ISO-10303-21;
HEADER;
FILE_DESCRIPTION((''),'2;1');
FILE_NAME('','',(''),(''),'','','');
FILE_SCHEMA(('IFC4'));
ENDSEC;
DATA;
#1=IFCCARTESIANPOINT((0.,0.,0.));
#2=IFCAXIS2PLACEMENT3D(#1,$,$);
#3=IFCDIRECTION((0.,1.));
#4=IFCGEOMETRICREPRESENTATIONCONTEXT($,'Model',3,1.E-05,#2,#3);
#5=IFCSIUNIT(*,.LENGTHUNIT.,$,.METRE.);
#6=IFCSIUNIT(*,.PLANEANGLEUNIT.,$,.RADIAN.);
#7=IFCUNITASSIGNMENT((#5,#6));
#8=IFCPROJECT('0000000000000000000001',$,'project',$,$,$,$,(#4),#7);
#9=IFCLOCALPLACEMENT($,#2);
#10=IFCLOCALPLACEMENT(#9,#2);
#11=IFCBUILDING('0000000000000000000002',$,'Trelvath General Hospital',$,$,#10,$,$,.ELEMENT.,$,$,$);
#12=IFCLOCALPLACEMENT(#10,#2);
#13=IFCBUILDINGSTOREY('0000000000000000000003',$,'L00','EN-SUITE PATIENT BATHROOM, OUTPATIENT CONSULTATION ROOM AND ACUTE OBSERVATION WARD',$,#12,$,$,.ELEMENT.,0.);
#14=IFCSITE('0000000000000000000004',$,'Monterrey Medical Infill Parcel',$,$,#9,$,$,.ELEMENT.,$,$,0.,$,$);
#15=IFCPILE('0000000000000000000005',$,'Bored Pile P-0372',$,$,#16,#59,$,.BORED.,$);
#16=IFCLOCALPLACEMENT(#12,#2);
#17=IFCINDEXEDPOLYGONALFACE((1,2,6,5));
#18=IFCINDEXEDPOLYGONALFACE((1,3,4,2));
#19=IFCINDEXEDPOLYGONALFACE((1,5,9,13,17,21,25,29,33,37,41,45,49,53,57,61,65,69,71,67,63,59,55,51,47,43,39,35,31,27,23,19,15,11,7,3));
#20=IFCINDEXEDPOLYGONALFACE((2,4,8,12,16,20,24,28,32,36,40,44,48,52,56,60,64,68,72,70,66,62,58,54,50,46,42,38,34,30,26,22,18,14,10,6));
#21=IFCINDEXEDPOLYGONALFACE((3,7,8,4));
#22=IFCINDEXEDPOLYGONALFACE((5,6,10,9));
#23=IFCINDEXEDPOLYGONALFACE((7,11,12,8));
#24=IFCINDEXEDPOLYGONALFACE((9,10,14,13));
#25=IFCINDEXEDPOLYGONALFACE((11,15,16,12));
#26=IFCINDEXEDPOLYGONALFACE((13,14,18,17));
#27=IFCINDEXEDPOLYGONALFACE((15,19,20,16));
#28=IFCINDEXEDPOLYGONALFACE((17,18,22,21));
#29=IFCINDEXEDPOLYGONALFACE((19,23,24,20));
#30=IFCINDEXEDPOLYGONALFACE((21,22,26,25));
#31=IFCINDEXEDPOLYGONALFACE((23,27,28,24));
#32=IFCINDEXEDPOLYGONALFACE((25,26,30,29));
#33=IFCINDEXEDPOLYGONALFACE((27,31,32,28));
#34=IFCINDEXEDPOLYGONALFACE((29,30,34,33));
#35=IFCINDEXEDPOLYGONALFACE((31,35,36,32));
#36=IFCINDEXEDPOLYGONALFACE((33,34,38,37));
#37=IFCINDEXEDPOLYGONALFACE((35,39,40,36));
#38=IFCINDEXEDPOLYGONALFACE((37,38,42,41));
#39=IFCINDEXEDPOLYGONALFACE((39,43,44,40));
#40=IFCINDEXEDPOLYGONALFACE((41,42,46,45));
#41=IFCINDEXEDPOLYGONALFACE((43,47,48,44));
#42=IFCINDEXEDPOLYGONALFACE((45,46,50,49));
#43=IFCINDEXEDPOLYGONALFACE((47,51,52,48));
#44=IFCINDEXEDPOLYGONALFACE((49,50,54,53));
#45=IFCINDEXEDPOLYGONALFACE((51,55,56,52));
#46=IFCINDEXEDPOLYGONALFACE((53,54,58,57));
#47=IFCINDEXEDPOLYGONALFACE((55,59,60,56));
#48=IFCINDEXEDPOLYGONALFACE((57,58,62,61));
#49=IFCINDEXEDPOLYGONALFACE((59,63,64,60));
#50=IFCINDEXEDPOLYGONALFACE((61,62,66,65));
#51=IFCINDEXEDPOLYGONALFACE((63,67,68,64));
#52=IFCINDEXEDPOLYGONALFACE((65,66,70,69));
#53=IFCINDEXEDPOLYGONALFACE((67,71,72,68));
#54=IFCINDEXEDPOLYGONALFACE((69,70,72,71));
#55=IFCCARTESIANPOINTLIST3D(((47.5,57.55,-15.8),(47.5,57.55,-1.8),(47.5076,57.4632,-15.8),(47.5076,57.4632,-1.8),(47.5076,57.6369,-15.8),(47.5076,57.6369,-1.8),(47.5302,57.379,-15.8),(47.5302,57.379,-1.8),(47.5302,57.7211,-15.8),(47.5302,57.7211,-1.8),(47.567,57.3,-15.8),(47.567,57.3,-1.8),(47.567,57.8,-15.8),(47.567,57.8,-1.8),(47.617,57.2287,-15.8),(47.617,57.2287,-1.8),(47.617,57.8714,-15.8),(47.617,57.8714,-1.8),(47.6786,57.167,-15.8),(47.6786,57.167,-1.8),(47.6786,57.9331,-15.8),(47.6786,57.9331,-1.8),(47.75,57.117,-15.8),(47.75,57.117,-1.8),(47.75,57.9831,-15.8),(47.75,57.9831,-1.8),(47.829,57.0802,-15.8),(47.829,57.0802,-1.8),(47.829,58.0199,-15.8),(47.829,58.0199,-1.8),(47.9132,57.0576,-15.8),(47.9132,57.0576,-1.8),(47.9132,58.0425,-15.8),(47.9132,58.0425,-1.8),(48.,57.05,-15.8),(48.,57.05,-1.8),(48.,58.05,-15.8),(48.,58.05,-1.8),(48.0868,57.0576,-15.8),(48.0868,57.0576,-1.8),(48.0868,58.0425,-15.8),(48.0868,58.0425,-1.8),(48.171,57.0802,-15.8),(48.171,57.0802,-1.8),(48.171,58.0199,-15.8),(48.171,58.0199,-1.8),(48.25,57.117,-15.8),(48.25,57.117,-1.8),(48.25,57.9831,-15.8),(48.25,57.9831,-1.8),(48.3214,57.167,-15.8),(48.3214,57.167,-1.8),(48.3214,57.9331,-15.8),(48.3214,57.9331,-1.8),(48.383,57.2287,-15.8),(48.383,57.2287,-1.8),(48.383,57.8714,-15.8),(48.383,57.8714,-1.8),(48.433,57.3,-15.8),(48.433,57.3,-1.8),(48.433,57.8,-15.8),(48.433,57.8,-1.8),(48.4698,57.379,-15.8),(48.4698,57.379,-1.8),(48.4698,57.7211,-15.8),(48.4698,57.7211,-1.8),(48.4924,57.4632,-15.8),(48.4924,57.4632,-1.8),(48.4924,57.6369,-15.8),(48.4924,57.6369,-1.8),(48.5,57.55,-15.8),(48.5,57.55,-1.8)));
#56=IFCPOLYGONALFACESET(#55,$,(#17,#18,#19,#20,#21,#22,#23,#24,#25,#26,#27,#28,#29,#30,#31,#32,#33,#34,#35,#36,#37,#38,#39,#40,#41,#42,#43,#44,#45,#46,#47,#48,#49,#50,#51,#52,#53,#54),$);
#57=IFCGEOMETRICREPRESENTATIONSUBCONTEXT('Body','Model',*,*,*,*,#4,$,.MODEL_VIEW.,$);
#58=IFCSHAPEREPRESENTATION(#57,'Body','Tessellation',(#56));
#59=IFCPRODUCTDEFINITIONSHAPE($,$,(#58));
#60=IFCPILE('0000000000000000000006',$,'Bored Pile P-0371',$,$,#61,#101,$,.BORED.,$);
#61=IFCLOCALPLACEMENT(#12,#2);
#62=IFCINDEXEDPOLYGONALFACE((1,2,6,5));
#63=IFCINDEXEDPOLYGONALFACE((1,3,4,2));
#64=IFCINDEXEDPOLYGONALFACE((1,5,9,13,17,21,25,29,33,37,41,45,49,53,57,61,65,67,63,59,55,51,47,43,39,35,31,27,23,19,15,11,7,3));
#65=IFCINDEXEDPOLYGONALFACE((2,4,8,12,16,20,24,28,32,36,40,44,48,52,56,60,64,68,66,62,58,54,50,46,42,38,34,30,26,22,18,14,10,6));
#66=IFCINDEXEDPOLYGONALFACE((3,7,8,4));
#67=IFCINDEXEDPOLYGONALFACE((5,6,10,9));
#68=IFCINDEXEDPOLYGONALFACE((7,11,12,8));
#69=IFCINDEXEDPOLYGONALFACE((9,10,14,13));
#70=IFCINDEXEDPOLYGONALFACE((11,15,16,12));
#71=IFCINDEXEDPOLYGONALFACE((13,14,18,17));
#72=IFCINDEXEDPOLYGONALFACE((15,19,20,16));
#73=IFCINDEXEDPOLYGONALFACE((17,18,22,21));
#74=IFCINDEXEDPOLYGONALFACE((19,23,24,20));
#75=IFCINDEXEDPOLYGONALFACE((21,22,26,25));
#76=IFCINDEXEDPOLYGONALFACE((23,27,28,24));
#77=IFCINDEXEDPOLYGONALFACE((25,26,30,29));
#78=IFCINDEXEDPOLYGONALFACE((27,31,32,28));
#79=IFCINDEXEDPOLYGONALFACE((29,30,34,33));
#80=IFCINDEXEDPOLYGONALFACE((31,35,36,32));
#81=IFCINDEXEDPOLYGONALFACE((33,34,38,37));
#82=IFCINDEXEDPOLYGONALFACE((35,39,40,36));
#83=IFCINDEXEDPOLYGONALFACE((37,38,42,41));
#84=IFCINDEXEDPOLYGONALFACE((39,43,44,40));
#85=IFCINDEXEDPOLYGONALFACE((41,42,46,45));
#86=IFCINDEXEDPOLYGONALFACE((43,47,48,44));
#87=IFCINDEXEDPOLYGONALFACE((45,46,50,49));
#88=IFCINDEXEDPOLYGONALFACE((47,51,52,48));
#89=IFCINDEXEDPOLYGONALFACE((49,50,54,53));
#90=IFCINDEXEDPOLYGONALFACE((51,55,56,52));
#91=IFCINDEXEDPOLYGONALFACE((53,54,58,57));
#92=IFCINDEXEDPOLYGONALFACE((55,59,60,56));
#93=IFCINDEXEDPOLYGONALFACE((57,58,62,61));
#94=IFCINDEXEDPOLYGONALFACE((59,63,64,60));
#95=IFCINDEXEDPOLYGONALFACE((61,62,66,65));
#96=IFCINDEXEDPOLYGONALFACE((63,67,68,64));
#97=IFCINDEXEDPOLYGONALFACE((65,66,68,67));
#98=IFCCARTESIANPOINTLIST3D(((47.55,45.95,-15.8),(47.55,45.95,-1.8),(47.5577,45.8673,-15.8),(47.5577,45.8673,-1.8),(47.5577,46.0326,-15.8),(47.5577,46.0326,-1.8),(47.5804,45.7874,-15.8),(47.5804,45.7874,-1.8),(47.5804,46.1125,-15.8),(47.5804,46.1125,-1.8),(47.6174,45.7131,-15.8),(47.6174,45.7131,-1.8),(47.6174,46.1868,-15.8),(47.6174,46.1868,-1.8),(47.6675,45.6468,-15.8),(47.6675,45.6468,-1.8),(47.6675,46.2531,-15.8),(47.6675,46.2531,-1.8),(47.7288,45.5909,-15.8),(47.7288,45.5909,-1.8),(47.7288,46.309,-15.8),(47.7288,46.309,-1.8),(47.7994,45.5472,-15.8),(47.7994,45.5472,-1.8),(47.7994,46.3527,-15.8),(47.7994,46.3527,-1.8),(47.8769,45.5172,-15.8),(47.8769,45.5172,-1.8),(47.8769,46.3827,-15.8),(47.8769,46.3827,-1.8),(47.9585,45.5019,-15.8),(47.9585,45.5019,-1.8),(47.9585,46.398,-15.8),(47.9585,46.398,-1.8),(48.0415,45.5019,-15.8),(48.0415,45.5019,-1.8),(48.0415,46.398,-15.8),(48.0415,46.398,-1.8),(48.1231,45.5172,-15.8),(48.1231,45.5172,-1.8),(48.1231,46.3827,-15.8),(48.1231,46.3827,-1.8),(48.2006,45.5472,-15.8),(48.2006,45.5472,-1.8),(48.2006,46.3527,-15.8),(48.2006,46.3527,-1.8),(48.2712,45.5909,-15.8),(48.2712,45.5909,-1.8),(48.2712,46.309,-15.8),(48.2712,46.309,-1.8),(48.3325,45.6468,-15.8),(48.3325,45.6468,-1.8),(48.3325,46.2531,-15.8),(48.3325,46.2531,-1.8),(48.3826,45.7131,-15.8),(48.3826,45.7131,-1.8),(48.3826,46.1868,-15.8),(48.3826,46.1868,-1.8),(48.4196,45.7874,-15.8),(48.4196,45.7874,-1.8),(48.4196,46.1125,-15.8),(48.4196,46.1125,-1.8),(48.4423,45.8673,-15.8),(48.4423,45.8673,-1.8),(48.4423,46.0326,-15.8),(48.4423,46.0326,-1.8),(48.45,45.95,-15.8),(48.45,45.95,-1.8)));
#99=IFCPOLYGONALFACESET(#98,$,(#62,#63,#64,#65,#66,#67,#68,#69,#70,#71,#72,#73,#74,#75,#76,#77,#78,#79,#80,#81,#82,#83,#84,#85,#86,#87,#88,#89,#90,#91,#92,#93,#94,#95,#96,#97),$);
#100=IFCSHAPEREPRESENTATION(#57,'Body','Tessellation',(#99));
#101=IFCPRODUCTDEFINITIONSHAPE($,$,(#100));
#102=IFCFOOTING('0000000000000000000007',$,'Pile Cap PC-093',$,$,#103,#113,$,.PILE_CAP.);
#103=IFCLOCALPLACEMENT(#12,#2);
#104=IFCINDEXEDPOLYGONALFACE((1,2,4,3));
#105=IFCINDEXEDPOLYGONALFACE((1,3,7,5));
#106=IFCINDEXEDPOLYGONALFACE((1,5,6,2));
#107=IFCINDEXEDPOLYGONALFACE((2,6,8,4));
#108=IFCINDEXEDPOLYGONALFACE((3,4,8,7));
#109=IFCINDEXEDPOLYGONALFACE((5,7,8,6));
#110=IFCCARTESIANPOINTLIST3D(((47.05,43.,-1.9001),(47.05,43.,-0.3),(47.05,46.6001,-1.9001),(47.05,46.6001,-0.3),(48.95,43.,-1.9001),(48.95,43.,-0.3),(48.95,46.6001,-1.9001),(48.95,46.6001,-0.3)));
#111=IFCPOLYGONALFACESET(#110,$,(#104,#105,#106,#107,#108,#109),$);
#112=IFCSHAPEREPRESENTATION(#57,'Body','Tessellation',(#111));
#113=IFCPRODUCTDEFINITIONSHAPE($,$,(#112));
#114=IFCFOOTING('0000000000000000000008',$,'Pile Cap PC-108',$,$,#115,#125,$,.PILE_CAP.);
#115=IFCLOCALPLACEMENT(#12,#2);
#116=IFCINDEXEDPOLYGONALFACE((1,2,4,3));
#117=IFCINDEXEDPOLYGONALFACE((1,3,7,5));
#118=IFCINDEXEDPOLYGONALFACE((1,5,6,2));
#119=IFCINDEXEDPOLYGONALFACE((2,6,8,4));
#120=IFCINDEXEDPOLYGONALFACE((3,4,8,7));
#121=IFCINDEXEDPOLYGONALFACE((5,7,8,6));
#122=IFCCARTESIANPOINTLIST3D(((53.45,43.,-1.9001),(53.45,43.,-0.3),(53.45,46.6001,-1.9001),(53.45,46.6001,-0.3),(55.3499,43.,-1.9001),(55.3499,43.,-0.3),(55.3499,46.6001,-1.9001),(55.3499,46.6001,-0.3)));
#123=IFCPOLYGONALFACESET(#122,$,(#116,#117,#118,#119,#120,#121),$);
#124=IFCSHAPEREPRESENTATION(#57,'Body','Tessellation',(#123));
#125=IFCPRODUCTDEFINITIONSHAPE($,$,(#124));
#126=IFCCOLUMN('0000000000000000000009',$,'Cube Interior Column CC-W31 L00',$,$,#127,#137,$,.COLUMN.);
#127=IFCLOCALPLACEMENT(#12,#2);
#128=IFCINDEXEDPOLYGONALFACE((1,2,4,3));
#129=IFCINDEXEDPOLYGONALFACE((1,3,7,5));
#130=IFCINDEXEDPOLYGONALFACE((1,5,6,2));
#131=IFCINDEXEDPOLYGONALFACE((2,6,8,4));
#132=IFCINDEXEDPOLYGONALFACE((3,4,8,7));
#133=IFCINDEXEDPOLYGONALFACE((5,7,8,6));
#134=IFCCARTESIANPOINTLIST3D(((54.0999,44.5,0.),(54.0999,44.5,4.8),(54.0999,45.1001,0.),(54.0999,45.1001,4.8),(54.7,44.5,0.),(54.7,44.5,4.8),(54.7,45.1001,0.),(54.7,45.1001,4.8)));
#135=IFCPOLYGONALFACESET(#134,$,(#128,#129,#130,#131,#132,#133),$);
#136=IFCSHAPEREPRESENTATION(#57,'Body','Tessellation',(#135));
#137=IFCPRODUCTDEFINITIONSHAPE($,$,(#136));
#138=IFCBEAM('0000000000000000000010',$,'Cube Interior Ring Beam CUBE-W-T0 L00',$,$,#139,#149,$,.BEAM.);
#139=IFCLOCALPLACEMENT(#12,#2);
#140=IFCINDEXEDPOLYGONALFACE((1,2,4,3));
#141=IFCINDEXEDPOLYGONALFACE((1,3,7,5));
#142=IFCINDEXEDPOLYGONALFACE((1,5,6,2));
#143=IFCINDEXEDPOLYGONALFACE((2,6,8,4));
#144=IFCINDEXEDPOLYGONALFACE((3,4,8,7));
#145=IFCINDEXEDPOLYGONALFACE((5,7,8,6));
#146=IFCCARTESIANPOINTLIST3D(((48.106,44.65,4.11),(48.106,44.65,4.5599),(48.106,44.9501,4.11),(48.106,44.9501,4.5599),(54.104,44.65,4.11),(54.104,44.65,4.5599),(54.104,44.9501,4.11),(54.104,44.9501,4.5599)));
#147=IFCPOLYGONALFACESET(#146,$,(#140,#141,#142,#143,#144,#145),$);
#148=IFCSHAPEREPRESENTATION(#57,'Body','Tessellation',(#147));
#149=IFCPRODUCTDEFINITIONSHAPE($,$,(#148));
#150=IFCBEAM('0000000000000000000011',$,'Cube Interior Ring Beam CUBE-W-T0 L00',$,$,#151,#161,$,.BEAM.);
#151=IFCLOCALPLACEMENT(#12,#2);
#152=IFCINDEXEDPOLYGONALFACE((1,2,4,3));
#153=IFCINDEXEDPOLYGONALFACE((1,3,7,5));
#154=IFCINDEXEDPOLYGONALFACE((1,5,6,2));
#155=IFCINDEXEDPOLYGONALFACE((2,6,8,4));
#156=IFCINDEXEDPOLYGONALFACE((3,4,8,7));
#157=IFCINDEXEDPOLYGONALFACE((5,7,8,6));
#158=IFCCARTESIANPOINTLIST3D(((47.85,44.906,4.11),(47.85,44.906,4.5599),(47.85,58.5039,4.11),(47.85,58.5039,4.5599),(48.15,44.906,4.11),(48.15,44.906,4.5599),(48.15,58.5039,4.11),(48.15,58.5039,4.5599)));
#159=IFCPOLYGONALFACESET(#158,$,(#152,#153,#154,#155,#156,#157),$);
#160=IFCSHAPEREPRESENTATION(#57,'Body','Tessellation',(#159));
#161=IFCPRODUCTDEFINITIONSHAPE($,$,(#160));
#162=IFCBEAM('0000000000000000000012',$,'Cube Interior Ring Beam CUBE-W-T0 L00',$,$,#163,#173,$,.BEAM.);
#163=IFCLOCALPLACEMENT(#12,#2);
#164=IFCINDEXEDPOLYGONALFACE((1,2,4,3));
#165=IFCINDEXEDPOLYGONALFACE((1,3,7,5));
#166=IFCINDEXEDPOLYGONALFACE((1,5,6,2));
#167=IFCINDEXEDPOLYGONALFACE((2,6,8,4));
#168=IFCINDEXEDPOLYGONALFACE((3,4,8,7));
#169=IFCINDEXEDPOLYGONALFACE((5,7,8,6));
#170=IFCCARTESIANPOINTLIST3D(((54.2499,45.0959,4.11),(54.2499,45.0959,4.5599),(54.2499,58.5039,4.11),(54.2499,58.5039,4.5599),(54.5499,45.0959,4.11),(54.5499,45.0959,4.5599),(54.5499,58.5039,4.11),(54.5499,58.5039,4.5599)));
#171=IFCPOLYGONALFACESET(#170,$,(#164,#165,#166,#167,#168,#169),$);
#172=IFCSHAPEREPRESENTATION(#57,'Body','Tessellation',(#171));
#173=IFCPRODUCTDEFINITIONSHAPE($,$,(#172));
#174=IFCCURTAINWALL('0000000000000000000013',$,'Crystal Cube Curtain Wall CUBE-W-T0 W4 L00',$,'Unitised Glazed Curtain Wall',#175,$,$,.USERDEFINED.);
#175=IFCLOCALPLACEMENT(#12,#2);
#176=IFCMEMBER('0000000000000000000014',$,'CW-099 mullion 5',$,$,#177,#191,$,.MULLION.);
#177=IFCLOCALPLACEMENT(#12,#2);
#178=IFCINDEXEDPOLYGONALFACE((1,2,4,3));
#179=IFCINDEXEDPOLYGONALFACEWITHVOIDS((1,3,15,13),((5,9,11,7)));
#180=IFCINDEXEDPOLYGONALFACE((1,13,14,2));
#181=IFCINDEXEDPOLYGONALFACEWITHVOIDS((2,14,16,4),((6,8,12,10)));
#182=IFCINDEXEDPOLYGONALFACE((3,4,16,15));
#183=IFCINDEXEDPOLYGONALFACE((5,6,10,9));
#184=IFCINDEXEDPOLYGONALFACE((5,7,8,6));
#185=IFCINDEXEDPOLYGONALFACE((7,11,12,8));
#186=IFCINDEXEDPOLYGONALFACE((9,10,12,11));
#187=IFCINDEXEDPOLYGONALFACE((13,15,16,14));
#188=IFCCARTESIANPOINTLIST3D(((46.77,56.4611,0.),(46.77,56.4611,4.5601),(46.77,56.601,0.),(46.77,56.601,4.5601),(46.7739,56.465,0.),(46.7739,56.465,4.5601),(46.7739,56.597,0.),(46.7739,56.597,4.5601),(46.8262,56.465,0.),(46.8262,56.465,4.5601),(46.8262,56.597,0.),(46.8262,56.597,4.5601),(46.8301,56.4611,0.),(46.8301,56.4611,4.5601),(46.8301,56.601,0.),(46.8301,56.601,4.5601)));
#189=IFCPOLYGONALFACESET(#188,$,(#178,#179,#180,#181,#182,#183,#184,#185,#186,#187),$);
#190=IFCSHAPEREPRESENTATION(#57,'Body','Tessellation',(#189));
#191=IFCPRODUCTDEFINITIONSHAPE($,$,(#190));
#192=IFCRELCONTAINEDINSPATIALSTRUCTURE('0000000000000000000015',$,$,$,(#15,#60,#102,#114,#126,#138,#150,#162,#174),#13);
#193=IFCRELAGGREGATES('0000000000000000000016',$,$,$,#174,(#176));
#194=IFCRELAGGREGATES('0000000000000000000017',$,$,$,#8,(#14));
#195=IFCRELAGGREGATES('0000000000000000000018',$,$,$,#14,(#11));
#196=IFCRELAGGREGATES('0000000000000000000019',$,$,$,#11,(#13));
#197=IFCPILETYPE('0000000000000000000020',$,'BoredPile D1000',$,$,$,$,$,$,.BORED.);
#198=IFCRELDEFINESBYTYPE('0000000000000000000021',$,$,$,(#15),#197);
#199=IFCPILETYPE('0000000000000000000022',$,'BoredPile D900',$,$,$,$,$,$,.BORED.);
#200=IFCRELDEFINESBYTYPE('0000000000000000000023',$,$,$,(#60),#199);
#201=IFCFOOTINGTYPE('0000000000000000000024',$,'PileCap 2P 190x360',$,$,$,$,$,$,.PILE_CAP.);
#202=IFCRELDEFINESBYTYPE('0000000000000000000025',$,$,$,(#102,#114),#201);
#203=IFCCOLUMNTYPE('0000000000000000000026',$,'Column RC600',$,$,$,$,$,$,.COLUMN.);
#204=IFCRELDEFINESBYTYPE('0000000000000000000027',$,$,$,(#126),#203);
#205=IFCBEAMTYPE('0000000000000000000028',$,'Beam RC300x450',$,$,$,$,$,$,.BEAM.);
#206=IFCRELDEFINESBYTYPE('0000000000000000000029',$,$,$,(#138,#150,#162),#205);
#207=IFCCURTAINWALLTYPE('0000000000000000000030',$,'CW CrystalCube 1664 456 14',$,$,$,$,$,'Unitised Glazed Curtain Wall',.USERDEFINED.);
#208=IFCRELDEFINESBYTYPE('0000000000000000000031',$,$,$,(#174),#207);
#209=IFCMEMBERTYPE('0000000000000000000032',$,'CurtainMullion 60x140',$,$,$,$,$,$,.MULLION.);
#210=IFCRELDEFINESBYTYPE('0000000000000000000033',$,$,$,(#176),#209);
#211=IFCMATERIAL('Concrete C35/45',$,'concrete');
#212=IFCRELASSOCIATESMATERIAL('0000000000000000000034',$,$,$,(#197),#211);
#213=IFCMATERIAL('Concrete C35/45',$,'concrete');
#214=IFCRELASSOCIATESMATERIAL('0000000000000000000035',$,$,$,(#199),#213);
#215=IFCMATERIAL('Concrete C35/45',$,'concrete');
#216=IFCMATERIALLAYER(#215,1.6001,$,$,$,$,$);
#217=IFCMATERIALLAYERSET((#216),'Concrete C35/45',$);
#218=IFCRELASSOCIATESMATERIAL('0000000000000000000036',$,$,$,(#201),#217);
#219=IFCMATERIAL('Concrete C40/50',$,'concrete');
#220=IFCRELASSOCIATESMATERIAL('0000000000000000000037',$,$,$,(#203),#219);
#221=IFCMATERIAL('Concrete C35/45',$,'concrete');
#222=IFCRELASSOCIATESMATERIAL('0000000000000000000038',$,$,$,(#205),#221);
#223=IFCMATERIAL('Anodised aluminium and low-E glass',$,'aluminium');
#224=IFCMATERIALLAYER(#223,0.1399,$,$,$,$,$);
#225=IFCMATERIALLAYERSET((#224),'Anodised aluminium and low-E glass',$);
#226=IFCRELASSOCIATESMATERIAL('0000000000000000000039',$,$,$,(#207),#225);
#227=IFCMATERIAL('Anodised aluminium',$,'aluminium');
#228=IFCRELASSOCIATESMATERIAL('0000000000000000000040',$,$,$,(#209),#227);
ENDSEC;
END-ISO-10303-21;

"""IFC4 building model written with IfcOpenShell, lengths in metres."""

from ifc_helpers import new_model, si_unit, direction, frame, origin, origin_2d, place, context, subcontext, project, spatial, rectangle, hollow_rectangle, circle, extrude, material, layer, layer_set, material_profile, profile_set, type_object, element, aggregate, save


model = new_model("IFC4")

# Units and contexts
model_context = context("Model", 3, precision=1e-05, world=origin(), true_north=direction((0.0, 1.0)))
body_context = subcontext(model_context, "Body", "Model", "MODEL_VIEW")
ifc_project = project(units=[si_unit("LENGTHUNIT", "METRE"), si_unit("PLANEANGLEUNIT", "RADIAN")], contexts=[model_context])

# Site, building, storey
site_placement = place(None, origin())
site = spatial("IfcSite", under=ifc_project, at=site_placement, Name="Monterrey Medical Infill Parcel", CompositionType="ELEMENT", RefElevation=0.0)
building_placement = place(site_placement, origin())
building = spatial("IfcBuilding", under=site, at=building_placement, Name="Trelvath General Hospital", CompositionType="ELEMENT")
storey_placement = place(building_placement, origin())
storey = spatial("IfcBuildingStorey", under=building, at=storey_placement, Name="L00", Description="EN-SUITE PATIENT BATHROOM, OUTPATIENT CONSULTATION ROOM AND ACUTE OBSERVATION WARD", CompositionType="ELEMENT", Elevation=0.0)

# Piles
ifc_material_1 = material(Name="Concrete C35/45", Category="concrete")
ifc_material_profile_1 = material_profile(ifc_material_1, circle(Radius=0.5, at=origin_2d()), Name="PILE1000")
ifc_profile_set_1 = profile_set([ifc_material_profile_1], Name="Concrete C35/45")
pile_type_1 = type_object("IfcPileType", Name="BoredPile D1000", PredefinedType="BORED", material=ifc_profile_set_1)
pile_1_placement = place(storey_placement, frame((48.0, 57.55, -1.8), z_axis=(0.0, 0.0, -1.0), x_axis=(1.0, 0.0, 0.0)))
element("IfcPile", 1, at=pile_1_placement, inside=storey, type_object=pile_type_1, Name="Bored Pile P-0372", PredefinedType="BORED", context=body_context, shape_type="SweptSolid", body=[
    extrude(circle(Radius=0.5, at=origin_2d()), origin(), (0.0, 0.0, 1.0), 14.0),
])
ifc_material_2 = material(Name="Concrete C35/45", Category="concrete")
ifc_material_profile_2 = material_profile(ifc_material_2, circle(Radius=0.45, at=origin_2d()), Name="PILE900")
ifc_profile_set_2 = profile_set([ifc_material_profile_2], Name="Concrete C35/45")
pile_type_2 = type_object("IfcPileType", Name="BoredPile D900", PredefinedType="BORED", material=ifc_profile_set_2)
pile_2_placement = place(storey_placement, frame((48.0, 45.95, -1.8), z_axis=(0.0, 0.0, -1.0), x_axis=(1.0, 0.0, 0.0)))
element("IfcPile", 2, at=pile_2_placement, inside=storey, type_object=pile_type_2, Name="Bored Pile P-0371", PredefinedType="BORED", context=body_context, shape_type="SweptSolid", body=[
    extrude(circle(Radius=0.45, at=origin_2d()), origin(), (0.0, 0.0, 1.0), 14.0),
])

# Footings
ifc_material_3 = material(Name="Concrete C35/45", Category="concrete")
ifc_layer_1 = layer(ifc_material_3, 1.6001)
ifc_layer_set_1 = layer_set([ifc_layer_1], Name="Concrete C35/45")
footing_type = type_object("IfcFootingType", Name="PileCap 2P 190x360", PredefinedType="PILE_CAP", material=ifc_layer_set_1)
for number, where, z_axis, x_axis, name in (
    (3, (48.0, 44.8, -1.9001), (0.0, 0.0, 1.0), (1.0, 0.0, 0.0), "Pile Cap PC-093"),
    (4, (54.3999, 44.8, -1.9001), (0.0, 0.0, 1.0), (1.0, 0.0, 0.0), "Pile Cap PC-108"),
):
    element("IfcFooting", number, at=place(storey_placement, frame(where, z_axis=z_axis, x_axis=x_axis)), inside=storey, type_object=footing_type, Name=name, PredefinedType="PILE_CAP", context=body_context, shape_type="SweptSolid", body=[
        extrude(rectangle(XDim=1.8999, YDim=3.6001, at=origin_2d()), origin(), (0.0, 0.0, 1.0), 1.6001),
    ])

# Column
ifc_material_4 = material(Name="Concrete C40/50", Category="concrete")
ifc_material_profile_3 = material_profile(ifc_material_4, rectangle(XDim=0.6001, YDim=0.6001, at=origin_2d()), Name="RC600x600")
ifc_profile_set_3 = profile_set([ifc_material_profile_3], Name="Concrete C40/50")
column_type = type_object("IfcColumnType", Name="Column RC600", PredefinedType="COLUMN", material=ifc_profile_set_3)
column_placement = place(storey_placement, frame((54.3999, 44.8, 0.0), z_axis=(0.0, 0.0, 1.0), x_axis=(1.0, 0.0, 0.0)))
element("IfcColumn", 5, at=column_placement, inside=storey, type_object=column_type, Name="Cube Interior Column CC-W31 L00", PredefinedType="COLUMN", context=body_context, shape_type="SweptSolid", body=[
    extrude(rectangle(XDim=0.6001, YDim=0.6001, at=origin_2d()), origin(), (0.0, 0.0, 1.0), 4.8),
])

# Beams
ifc_material_5 = material(Name="Concrete C35/45", Category="concrete")
ifc_material_profile_4 = material_profile(ifc_material_5, rectangle(XDim=0.3, YDim=0.45, at=origin_2d()), Name="RCB300x450")
ifc_profile_set_4 = profile_set([ifc_material_profile_4], Name="Concrete C35/45")
beam_type = type_object("IfcBeamType", Name="Beam RC300x450", PredefinedType="BEAM", material=ifc_profile_set_4)
beam_1_placement = place(storey_placement, frame((48.106, 44.8, 4.335), z_axis=(1.0, 0.0, 0.0), x_axis=(0.0, 1.0, 0.0)))
element("IfcBeam", 6, at=beam_1_placement, inside=storey, type_object=beam_type, Name="Cube Interior Ring Beam CUBE-W-T0 L00", PredefinedType="BEAM", context=body_context, shape_type="SweptSolid", body=[
    extrude(rectangle(XDim=0.3, YDim=0.45, at=origin_2d()), origin(), (0.0, 0.0, 1.0), 5.998),
])
beam_2_placement = place(storey_placement, frame((48.0, 44.906, 4.335), z_axis=(0.0, 1.0, 0.0), x_axis=(-1.0, 0.0, 0.0)))
element("IfcBeam", 7, at=beam_2_placement, inside=storey, type_object=beam_type, Name="Cube Interior Ring Beam CUBE-W-T0 L00", PredefinedType="BEAM", context=body_context, shape_type="SweptSolid", body=[
    extrude(rectangle(XDim=0.3, YDim=0.45, at=origin_2d()), origin(), (0.0, 0.0, 1.0), 13.5979),
])
beam_3_placement = place(storey_placement, frame((54.3999, 45.0959, 4.335), z_axis=(0.0, 1.0, 0.0), x_axis=(-1.0, 0.0, 0.0)))
element("IfcBeam", 8, at=beam_3_placement, inside=storey, type_object=beam_type, Name="Cube Interior Ring Beam CUBE-W-T0 L00", PredefinedType="BEAM", context=body_context, shape_type="SweptSolid", body=[
    extrude(rectangle(XDim=0.3, YDim=0.45, at=origin_2d()), origin(), (0.0, 0.0, 1.0), 13.408),
])

# Curtain wall, member
ifc_material_6 = material(Name="Anodised aluminium and low-E glass", Category="aluminium")
ifc_layer_2 = layer(ifc_material_6, 0.1399)
ifc_layer_set_2 = layer_set([ifc_layer_2], Name="Anodised aluminium and low-E glass")
curtain_wall_type = type_object("IfcCurtainWallType", Name="CW CrystalCube 1664 456 14", ElementType="Unitised Glazed Curtain Wall", PredefinedType="USERDEFINED", material=ifc_layer_set_2)
curtain_wall_placement = place(storey_placement, origin())
curtain_wall = element("IfcCurtainWall", 9, at=curtain_wall_placement, inside=storey, type_object=curtain_wall_type, Name="Crystal Cube Curtain Wall CUBE-W-T0 W4 L00", ObjectType="Unitised Glazed Curtain Wall", PredefinedType="USERDEFINED")
ifc_material_7 = material(Name="Anodised aluminium", Category="aluminium")
ifc_material_profile_5 = material_profile(ifc_material_7, hollow_rectangle(XDim=0.0601, YDim=0.1399, WallThickness=0.0039, at=origin_2d()), Name="RHS60x140x4")
ifc_profile_set_5 = profile_set([ifc_material_profile_5], Name="Anodised aluminium")
member_type_1 = type_object("IfcMemberType", Name="CurtainMullion 60x140", PredefinedType="MULLION", material=ifc_profile_set_5)
member_1_placement = place(storey_placement, frame((46.8, 56.531, 0.0), z_axis=(0.0, 0.0, 1.0), x_axis=(-1.0, 0.0, 0.0)))
member_1 = element("IfcMember", 10, at=member_1_placement, type_object=member_type_1, Name="CW-099 mullion 5", PredefinedType="MULLION", context=body_context, shape_type="SweptSolid", body=[
    extrude(hollow_rectangle(XDim=0.0601, YDim=0.1399, WallThickness=0.0039, at=origin_2d()), origin(), (0.0, 0.0, 1.0), 4.5601),
])
aggregate(curtain_wall, [member_1])

save(model, "model.ifc")
